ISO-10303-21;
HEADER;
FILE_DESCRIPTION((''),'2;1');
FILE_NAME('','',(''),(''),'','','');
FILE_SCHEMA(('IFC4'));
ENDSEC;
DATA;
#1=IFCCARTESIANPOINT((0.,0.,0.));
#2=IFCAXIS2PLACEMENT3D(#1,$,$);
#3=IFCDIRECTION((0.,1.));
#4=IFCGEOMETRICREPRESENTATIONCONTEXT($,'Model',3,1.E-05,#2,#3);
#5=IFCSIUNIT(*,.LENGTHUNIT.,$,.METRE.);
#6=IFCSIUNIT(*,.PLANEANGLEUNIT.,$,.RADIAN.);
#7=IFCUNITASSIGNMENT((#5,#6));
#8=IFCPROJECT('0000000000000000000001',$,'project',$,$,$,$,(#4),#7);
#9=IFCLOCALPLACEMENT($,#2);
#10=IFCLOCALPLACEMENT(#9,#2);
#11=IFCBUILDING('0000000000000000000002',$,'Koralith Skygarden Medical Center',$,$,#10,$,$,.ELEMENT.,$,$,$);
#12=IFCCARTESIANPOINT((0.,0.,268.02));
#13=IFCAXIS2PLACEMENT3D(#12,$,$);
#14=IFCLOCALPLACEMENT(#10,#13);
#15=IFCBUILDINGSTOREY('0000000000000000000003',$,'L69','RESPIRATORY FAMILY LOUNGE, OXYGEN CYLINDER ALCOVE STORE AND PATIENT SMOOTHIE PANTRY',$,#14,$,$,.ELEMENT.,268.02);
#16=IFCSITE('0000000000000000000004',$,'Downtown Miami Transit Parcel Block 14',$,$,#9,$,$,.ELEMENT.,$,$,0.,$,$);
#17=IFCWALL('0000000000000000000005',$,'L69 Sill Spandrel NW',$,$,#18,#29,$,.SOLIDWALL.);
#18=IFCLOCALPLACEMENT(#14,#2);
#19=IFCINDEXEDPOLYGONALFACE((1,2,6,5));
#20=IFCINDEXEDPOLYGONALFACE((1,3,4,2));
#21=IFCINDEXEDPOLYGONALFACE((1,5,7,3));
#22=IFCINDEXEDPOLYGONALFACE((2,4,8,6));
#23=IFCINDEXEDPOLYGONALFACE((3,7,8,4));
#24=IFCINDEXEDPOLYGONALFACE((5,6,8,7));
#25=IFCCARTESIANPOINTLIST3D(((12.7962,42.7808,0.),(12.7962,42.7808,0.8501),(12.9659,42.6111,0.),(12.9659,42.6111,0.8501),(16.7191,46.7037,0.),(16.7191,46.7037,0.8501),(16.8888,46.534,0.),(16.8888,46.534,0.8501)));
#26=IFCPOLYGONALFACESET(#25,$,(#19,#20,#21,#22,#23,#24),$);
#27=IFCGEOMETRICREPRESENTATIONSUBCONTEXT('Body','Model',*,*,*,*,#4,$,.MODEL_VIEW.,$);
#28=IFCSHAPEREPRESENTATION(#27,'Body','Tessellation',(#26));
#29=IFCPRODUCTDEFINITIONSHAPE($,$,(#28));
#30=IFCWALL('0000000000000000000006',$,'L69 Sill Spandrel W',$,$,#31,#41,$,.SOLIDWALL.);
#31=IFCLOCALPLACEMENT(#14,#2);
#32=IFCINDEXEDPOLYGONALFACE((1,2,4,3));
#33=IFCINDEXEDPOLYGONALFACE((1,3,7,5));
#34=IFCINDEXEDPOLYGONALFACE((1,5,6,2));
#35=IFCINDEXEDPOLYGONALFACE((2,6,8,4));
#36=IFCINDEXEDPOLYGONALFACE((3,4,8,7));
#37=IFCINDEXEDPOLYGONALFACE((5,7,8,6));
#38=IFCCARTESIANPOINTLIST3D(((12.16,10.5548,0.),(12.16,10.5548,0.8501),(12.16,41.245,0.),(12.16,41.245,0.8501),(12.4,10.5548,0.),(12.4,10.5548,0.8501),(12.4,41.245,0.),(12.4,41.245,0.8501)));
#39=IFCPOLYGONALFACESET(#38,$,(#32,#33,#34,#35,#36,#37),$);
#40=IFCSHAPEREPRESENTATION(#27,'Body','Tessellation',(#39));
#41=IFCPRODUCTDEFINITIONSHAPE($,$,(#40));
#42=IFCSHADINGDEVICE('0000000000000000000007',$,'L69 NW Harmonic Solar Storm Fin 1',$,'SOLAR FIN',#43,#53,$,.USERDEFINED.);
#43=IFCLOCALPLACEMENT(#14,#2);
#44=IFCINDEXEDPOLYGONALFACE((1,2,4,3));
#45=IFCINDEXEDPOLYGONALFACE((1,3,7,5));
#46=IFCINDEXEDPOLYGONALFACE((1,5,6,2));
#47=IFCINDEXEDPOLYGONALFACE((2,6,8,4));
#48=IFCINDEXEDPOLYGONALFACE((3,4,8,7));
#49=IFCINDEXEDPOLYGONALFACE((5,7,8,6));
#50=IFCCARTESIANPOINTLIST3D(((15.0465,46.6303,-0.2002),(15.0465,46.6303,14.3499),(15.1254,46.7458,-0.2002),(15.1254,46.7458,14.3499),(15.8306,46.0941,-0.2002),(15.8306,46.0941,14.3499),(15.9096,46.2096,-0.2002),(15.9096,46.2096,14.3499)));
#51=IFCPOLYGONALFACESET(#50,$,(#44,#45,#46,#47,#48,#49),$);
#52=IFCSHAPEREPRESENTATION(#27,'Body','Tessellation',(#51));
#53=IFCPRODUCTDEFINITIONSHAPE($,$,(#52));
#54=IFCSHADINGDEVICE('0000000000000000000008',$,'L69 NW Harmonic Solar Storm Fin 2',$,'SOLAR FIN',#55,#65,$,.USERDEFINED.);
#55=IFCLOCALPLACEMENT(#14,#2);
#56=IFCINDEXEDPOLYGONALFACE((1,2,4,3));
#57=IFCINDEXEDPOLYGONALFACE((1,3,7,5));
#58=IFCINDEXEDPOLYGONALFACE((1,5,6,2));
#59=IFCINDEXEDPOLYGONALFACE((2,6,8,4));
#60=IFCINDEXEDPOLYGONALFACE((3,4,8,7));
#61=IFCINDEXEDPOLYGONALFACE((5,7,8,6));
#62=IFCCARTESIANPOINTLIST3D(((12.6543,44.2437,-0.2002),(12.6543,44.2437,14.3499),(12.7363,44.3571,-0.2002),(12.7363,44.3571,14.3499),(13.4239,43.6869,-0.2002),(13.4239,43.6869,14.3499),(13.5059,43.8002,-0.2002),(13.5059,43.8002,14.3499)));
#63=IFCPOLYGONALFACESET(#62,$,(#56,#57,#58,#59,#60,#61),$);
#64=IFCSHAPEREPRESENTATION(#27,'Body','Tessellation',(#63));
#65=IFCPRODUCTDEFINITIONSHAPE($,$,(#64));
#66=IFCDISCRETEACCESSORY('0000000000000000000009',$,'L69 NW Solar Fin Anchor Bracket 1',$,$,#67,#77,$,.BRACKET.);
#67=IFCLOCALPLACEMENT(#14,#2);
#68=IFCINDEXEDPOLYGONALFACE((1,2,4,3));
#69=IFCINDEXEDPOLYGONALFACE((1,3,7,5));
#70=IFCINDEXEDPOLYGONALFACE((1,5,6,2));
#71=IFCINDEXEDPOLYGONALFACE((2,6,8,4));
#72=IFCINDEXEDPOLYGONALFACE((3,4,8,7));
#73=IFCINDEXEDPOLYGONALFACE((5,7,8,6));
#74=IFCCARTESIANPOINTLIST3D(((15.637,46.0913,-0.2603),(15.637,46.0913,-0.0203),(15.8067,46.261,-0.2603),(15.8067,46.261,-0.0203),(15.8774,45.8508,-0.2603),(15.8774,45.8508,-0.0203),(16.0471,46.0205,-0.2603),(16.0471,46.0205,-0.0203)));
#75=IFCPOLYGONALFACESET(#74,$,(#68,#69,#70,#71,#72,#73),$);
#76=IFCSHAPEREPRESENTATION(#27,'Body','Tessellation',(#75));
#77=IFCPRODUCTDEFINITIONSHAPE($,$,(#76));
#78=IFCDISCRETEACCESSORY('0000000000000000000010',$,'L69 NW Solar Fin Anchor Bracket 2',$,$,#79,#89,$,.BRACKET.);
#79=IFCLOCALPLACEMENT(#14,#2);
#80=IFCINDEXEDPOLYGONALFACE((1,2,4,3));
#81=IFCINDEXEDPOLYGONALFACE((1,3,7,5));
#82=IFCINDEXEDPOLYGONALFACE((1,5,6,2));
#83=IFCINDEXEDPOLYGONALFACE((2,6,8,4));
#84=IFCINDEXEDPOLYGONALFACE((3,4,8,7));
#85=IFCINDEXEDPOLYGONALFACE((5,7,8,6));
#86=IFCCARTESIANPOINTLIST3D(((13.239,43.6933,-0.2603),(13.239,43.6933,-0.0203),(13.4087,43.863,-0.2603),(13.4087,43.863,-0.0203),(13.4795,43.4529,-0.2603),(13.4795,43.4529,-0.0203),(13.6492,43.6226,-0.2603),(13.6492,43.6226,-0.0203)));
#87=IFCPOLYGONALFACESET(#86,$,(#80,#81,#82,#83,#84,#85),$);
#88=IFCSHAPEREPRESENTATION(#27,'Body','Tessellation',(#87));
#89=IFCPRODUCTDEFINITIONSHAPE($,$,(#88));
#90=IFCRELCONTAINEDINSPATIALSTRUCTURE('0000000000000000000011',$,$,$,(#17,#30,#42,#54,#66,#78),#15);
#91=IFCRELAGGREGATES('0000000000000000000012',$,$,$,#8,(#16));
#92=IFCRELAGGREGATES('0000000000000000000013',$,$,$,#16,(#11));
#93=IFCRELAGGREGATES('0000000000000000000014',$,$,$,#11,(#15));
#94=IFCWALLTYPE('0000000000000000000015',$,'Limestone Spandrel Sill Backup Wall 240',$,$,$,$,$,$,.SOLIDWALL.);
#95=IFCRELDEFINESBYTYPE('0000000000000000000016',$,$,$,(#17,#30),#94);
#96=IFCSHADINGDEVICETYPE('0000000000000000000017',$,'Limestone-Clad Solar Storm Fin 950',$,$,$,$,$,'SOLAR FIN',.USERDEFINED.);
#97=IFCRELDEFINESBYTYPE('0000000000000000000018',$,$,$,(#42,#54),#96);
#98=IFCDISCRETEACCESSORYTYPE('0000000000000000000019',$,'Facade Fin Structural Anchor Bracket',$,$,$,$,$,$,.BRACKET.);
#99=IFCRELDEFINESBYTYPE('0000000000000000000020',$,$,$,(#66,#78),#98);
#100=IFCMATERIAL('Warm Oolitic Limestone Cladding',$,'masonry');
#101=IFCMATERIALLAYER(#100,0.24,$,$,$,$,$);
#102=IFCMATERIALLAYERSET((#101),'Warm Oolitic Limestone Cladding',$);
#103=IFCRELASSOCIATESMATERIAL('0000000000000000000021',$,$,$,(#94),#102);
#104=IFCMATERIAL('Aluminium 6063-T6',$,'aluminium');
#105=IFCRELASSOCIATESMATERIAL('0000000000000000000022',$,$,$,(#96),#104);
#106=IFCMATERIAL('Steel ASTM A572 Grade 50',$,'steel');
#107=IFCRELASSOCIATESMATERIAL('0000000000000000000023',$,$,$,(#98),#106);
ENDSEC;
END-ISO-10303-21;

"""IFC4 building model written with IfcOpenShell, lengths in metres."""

from ifc_helpers import new_model, si_unit, direction, frame, frame_2d, origin, origin_2d, place, context, subcontext, project, spatial, rectangle, extrude, material, layer, layer_set, type_object, element, save


model = new_model("IFC4")

# Units and contexts
model_context = context("Model", 3, precision=1e-05, world=origin(), true_north=direction((0.0, 1.0)))
body_context = subcontext(model_context, "Body", "Model", "MODEL_VIEW")
ifc_project = project(units=[si_unit("LENGTHUNIT", "METRE"), si_unit("PLANEANGLEUNIT", "RADIAN")], contexts=[model_context])

# Site, building, storey
site_placement = place(None, origin())
site = spatial("IfcSite", under=ifc_project, at=site_placement, Name="Downtown Miami Transit Parcel Block 14", CompositionType="ELEMENT", RefElevation=0.0)
building_placement = place(site_placement, origin())
building = spatial("IfcBuilding", under=site, at=building_placement, Name="Koralith Skygarden Medical Center", CompositionType="ELEMENT")
storey_placement = place(building_placement, frame((0.0, 0.0, 268.02)))
storey = spatial("IfcBuildingStorey", under=building, at=storey_placement, Name="L69", Description="RESPIRATORY FAMILY LOUNGE, OXYGEN CYLINDER ALCOVE STORE AND PATIENT SMOOTHIE PANTRY", CompositionType="ELEMENT", Elevation=268.02)

# Shared definitions
ifc_material_1 = material(Name="Aluminium 6063-T6", Category="aluminium")

# Shared definitions
ifc_material_2 = material(Name="Warm Oolitic Limestone Cladding", Category="masonry")

# Walls
ifc_layer_1 = layer(ifc_material_2, 0.24)
ifc_layer_set_1 = layer_set([ifc_layer_1], Name="Warm Oolitic Limestone Cladding")
wall_type_1 = type_object("IfcWallType", Name="Limestone Spandrel Sill Backup Wall 240", PredefinedType="SOLIDWALL", material=ifc_layer_set_1)
wall_1_placement = place(storey_placement, frame((16.804, 46.6189, 0.0), z_axis=(0.0, 0.0, 1.0), x_axis=(-0.707107, -0.707107, 0.0)))
element("IfcWall", 1, at=wall_1_placement, inside=storey, type_object=wall_type_1, Name="L69 Sill Spandrel NW", PredefinedType="SOLIDWALL", context=body_context, shape_type="SweptSolid", body=[
    extrude(rectangle(XDim=5.5479, YDim=0.24, at=frame_2d((2.7739, 0.0))), origin(), (0.0, 0.0, 1.0), 0.8501),
])
wall_2_placement = place(storey_placement, frame((12.28, 41.2451, 0.0), z_axis=(0.0, 0.0, 1.0), x_axis=(0.0, -1.0, 0.0)))
element("IfcWall", 2, at=wall_2_placement, inside=storey, type_object=wall_type_1, Name="L69 Sill Spandrel W", PredefinedType="SOLIDWALL", context=body_context, shape_type="SweptSolid", body=[
    extrude(rectangle(XDim=30.6902, YDim=0.24, at=frame_2d((15.3452, 0.0))), origin(), (0.0, 0.0, 1.0), 0.8501),
])

# Shading devices
shading_device_type = type_object("IfcShadingDeviceType", Name="Limestone-Clad Solar Storm Fin 950", ElementType="SOLAR FIN", PredefinedType="USERDEFINED", material=ifc_material_1)
for number, where, z_axis, x_axis, name in (
    (3, (15.478, 46.4199, -0.2002), (0.0, 0.0, 1.0), (-0.825458, 0.564463, 0.0), "L69 NW Harmonic Solar Storm Fin 1"),
    (4, (13.0801, 44.022, -0.2002), (0.0, 0.0, 1.0), (-0.810185, 0.586174, 0.0), "L69 NW Harmonic Solar Storm Fin 2"),
):
    element("IfcShadingDevice", number, at=place(storey_placement, frame(where, z_axis=z_axis, x_axis=x_axis)), inside=storey, type_object=shading_device_type, Name=name, ObjectType="SOLAR FIN", PredefinedType="USERDEFINED", context=body_context, shape_type="SweptSolid", body=[
        extrude(rectangle(XDim=0.95, YDim=0.1399, at=origin_2d()), origin(), (0.0, 0.0, 1.0), 14.55),
    ])

# Discrete accessories
ifc_material_3 = material(Name="Steel ASTM A572 Grade 50", Category="steel")
discrete_accessory_type = type_object("IfcDiscreteAccessoryType", Name="Facade Fin Structural Anchor Bracket", PredefinedType="BRACKET", material=ifc_material_3)
for number, where, z_axis, x_axis, name in (
    (5, (15.842, 46.0559, -0.2603), (0.0, 0.0, 1.0), (-0.707107, 0.707107, 0.0), "L69 NW Solar Fin Anchor Bracket 1"),
    (6, (13.4441, 43.658, -0.2603), (0.0, 0.0, 1.0), (-0.707107, 0.707107, 0.0), "L69 NW Solar Fin Anchor Bracket 2"),
):
    element("IfcDiscreteAccessory", number, at=place(storey_placement, frame(where, z_axis=z_axis, x_axis=x_axis)), inside=storey, type_object=discrete_accessory_type, Name=name, PredefinedType="BRACKET", context=body_context, shape_type="SweptSolid", body=[
        extrude(rectangle(XDim=0.3401, YDim=0.24, at=origin_2d()), origin(), (0.0, 0.0, 1.0), 0.24),
    ])

save(model, "model.ifc")
